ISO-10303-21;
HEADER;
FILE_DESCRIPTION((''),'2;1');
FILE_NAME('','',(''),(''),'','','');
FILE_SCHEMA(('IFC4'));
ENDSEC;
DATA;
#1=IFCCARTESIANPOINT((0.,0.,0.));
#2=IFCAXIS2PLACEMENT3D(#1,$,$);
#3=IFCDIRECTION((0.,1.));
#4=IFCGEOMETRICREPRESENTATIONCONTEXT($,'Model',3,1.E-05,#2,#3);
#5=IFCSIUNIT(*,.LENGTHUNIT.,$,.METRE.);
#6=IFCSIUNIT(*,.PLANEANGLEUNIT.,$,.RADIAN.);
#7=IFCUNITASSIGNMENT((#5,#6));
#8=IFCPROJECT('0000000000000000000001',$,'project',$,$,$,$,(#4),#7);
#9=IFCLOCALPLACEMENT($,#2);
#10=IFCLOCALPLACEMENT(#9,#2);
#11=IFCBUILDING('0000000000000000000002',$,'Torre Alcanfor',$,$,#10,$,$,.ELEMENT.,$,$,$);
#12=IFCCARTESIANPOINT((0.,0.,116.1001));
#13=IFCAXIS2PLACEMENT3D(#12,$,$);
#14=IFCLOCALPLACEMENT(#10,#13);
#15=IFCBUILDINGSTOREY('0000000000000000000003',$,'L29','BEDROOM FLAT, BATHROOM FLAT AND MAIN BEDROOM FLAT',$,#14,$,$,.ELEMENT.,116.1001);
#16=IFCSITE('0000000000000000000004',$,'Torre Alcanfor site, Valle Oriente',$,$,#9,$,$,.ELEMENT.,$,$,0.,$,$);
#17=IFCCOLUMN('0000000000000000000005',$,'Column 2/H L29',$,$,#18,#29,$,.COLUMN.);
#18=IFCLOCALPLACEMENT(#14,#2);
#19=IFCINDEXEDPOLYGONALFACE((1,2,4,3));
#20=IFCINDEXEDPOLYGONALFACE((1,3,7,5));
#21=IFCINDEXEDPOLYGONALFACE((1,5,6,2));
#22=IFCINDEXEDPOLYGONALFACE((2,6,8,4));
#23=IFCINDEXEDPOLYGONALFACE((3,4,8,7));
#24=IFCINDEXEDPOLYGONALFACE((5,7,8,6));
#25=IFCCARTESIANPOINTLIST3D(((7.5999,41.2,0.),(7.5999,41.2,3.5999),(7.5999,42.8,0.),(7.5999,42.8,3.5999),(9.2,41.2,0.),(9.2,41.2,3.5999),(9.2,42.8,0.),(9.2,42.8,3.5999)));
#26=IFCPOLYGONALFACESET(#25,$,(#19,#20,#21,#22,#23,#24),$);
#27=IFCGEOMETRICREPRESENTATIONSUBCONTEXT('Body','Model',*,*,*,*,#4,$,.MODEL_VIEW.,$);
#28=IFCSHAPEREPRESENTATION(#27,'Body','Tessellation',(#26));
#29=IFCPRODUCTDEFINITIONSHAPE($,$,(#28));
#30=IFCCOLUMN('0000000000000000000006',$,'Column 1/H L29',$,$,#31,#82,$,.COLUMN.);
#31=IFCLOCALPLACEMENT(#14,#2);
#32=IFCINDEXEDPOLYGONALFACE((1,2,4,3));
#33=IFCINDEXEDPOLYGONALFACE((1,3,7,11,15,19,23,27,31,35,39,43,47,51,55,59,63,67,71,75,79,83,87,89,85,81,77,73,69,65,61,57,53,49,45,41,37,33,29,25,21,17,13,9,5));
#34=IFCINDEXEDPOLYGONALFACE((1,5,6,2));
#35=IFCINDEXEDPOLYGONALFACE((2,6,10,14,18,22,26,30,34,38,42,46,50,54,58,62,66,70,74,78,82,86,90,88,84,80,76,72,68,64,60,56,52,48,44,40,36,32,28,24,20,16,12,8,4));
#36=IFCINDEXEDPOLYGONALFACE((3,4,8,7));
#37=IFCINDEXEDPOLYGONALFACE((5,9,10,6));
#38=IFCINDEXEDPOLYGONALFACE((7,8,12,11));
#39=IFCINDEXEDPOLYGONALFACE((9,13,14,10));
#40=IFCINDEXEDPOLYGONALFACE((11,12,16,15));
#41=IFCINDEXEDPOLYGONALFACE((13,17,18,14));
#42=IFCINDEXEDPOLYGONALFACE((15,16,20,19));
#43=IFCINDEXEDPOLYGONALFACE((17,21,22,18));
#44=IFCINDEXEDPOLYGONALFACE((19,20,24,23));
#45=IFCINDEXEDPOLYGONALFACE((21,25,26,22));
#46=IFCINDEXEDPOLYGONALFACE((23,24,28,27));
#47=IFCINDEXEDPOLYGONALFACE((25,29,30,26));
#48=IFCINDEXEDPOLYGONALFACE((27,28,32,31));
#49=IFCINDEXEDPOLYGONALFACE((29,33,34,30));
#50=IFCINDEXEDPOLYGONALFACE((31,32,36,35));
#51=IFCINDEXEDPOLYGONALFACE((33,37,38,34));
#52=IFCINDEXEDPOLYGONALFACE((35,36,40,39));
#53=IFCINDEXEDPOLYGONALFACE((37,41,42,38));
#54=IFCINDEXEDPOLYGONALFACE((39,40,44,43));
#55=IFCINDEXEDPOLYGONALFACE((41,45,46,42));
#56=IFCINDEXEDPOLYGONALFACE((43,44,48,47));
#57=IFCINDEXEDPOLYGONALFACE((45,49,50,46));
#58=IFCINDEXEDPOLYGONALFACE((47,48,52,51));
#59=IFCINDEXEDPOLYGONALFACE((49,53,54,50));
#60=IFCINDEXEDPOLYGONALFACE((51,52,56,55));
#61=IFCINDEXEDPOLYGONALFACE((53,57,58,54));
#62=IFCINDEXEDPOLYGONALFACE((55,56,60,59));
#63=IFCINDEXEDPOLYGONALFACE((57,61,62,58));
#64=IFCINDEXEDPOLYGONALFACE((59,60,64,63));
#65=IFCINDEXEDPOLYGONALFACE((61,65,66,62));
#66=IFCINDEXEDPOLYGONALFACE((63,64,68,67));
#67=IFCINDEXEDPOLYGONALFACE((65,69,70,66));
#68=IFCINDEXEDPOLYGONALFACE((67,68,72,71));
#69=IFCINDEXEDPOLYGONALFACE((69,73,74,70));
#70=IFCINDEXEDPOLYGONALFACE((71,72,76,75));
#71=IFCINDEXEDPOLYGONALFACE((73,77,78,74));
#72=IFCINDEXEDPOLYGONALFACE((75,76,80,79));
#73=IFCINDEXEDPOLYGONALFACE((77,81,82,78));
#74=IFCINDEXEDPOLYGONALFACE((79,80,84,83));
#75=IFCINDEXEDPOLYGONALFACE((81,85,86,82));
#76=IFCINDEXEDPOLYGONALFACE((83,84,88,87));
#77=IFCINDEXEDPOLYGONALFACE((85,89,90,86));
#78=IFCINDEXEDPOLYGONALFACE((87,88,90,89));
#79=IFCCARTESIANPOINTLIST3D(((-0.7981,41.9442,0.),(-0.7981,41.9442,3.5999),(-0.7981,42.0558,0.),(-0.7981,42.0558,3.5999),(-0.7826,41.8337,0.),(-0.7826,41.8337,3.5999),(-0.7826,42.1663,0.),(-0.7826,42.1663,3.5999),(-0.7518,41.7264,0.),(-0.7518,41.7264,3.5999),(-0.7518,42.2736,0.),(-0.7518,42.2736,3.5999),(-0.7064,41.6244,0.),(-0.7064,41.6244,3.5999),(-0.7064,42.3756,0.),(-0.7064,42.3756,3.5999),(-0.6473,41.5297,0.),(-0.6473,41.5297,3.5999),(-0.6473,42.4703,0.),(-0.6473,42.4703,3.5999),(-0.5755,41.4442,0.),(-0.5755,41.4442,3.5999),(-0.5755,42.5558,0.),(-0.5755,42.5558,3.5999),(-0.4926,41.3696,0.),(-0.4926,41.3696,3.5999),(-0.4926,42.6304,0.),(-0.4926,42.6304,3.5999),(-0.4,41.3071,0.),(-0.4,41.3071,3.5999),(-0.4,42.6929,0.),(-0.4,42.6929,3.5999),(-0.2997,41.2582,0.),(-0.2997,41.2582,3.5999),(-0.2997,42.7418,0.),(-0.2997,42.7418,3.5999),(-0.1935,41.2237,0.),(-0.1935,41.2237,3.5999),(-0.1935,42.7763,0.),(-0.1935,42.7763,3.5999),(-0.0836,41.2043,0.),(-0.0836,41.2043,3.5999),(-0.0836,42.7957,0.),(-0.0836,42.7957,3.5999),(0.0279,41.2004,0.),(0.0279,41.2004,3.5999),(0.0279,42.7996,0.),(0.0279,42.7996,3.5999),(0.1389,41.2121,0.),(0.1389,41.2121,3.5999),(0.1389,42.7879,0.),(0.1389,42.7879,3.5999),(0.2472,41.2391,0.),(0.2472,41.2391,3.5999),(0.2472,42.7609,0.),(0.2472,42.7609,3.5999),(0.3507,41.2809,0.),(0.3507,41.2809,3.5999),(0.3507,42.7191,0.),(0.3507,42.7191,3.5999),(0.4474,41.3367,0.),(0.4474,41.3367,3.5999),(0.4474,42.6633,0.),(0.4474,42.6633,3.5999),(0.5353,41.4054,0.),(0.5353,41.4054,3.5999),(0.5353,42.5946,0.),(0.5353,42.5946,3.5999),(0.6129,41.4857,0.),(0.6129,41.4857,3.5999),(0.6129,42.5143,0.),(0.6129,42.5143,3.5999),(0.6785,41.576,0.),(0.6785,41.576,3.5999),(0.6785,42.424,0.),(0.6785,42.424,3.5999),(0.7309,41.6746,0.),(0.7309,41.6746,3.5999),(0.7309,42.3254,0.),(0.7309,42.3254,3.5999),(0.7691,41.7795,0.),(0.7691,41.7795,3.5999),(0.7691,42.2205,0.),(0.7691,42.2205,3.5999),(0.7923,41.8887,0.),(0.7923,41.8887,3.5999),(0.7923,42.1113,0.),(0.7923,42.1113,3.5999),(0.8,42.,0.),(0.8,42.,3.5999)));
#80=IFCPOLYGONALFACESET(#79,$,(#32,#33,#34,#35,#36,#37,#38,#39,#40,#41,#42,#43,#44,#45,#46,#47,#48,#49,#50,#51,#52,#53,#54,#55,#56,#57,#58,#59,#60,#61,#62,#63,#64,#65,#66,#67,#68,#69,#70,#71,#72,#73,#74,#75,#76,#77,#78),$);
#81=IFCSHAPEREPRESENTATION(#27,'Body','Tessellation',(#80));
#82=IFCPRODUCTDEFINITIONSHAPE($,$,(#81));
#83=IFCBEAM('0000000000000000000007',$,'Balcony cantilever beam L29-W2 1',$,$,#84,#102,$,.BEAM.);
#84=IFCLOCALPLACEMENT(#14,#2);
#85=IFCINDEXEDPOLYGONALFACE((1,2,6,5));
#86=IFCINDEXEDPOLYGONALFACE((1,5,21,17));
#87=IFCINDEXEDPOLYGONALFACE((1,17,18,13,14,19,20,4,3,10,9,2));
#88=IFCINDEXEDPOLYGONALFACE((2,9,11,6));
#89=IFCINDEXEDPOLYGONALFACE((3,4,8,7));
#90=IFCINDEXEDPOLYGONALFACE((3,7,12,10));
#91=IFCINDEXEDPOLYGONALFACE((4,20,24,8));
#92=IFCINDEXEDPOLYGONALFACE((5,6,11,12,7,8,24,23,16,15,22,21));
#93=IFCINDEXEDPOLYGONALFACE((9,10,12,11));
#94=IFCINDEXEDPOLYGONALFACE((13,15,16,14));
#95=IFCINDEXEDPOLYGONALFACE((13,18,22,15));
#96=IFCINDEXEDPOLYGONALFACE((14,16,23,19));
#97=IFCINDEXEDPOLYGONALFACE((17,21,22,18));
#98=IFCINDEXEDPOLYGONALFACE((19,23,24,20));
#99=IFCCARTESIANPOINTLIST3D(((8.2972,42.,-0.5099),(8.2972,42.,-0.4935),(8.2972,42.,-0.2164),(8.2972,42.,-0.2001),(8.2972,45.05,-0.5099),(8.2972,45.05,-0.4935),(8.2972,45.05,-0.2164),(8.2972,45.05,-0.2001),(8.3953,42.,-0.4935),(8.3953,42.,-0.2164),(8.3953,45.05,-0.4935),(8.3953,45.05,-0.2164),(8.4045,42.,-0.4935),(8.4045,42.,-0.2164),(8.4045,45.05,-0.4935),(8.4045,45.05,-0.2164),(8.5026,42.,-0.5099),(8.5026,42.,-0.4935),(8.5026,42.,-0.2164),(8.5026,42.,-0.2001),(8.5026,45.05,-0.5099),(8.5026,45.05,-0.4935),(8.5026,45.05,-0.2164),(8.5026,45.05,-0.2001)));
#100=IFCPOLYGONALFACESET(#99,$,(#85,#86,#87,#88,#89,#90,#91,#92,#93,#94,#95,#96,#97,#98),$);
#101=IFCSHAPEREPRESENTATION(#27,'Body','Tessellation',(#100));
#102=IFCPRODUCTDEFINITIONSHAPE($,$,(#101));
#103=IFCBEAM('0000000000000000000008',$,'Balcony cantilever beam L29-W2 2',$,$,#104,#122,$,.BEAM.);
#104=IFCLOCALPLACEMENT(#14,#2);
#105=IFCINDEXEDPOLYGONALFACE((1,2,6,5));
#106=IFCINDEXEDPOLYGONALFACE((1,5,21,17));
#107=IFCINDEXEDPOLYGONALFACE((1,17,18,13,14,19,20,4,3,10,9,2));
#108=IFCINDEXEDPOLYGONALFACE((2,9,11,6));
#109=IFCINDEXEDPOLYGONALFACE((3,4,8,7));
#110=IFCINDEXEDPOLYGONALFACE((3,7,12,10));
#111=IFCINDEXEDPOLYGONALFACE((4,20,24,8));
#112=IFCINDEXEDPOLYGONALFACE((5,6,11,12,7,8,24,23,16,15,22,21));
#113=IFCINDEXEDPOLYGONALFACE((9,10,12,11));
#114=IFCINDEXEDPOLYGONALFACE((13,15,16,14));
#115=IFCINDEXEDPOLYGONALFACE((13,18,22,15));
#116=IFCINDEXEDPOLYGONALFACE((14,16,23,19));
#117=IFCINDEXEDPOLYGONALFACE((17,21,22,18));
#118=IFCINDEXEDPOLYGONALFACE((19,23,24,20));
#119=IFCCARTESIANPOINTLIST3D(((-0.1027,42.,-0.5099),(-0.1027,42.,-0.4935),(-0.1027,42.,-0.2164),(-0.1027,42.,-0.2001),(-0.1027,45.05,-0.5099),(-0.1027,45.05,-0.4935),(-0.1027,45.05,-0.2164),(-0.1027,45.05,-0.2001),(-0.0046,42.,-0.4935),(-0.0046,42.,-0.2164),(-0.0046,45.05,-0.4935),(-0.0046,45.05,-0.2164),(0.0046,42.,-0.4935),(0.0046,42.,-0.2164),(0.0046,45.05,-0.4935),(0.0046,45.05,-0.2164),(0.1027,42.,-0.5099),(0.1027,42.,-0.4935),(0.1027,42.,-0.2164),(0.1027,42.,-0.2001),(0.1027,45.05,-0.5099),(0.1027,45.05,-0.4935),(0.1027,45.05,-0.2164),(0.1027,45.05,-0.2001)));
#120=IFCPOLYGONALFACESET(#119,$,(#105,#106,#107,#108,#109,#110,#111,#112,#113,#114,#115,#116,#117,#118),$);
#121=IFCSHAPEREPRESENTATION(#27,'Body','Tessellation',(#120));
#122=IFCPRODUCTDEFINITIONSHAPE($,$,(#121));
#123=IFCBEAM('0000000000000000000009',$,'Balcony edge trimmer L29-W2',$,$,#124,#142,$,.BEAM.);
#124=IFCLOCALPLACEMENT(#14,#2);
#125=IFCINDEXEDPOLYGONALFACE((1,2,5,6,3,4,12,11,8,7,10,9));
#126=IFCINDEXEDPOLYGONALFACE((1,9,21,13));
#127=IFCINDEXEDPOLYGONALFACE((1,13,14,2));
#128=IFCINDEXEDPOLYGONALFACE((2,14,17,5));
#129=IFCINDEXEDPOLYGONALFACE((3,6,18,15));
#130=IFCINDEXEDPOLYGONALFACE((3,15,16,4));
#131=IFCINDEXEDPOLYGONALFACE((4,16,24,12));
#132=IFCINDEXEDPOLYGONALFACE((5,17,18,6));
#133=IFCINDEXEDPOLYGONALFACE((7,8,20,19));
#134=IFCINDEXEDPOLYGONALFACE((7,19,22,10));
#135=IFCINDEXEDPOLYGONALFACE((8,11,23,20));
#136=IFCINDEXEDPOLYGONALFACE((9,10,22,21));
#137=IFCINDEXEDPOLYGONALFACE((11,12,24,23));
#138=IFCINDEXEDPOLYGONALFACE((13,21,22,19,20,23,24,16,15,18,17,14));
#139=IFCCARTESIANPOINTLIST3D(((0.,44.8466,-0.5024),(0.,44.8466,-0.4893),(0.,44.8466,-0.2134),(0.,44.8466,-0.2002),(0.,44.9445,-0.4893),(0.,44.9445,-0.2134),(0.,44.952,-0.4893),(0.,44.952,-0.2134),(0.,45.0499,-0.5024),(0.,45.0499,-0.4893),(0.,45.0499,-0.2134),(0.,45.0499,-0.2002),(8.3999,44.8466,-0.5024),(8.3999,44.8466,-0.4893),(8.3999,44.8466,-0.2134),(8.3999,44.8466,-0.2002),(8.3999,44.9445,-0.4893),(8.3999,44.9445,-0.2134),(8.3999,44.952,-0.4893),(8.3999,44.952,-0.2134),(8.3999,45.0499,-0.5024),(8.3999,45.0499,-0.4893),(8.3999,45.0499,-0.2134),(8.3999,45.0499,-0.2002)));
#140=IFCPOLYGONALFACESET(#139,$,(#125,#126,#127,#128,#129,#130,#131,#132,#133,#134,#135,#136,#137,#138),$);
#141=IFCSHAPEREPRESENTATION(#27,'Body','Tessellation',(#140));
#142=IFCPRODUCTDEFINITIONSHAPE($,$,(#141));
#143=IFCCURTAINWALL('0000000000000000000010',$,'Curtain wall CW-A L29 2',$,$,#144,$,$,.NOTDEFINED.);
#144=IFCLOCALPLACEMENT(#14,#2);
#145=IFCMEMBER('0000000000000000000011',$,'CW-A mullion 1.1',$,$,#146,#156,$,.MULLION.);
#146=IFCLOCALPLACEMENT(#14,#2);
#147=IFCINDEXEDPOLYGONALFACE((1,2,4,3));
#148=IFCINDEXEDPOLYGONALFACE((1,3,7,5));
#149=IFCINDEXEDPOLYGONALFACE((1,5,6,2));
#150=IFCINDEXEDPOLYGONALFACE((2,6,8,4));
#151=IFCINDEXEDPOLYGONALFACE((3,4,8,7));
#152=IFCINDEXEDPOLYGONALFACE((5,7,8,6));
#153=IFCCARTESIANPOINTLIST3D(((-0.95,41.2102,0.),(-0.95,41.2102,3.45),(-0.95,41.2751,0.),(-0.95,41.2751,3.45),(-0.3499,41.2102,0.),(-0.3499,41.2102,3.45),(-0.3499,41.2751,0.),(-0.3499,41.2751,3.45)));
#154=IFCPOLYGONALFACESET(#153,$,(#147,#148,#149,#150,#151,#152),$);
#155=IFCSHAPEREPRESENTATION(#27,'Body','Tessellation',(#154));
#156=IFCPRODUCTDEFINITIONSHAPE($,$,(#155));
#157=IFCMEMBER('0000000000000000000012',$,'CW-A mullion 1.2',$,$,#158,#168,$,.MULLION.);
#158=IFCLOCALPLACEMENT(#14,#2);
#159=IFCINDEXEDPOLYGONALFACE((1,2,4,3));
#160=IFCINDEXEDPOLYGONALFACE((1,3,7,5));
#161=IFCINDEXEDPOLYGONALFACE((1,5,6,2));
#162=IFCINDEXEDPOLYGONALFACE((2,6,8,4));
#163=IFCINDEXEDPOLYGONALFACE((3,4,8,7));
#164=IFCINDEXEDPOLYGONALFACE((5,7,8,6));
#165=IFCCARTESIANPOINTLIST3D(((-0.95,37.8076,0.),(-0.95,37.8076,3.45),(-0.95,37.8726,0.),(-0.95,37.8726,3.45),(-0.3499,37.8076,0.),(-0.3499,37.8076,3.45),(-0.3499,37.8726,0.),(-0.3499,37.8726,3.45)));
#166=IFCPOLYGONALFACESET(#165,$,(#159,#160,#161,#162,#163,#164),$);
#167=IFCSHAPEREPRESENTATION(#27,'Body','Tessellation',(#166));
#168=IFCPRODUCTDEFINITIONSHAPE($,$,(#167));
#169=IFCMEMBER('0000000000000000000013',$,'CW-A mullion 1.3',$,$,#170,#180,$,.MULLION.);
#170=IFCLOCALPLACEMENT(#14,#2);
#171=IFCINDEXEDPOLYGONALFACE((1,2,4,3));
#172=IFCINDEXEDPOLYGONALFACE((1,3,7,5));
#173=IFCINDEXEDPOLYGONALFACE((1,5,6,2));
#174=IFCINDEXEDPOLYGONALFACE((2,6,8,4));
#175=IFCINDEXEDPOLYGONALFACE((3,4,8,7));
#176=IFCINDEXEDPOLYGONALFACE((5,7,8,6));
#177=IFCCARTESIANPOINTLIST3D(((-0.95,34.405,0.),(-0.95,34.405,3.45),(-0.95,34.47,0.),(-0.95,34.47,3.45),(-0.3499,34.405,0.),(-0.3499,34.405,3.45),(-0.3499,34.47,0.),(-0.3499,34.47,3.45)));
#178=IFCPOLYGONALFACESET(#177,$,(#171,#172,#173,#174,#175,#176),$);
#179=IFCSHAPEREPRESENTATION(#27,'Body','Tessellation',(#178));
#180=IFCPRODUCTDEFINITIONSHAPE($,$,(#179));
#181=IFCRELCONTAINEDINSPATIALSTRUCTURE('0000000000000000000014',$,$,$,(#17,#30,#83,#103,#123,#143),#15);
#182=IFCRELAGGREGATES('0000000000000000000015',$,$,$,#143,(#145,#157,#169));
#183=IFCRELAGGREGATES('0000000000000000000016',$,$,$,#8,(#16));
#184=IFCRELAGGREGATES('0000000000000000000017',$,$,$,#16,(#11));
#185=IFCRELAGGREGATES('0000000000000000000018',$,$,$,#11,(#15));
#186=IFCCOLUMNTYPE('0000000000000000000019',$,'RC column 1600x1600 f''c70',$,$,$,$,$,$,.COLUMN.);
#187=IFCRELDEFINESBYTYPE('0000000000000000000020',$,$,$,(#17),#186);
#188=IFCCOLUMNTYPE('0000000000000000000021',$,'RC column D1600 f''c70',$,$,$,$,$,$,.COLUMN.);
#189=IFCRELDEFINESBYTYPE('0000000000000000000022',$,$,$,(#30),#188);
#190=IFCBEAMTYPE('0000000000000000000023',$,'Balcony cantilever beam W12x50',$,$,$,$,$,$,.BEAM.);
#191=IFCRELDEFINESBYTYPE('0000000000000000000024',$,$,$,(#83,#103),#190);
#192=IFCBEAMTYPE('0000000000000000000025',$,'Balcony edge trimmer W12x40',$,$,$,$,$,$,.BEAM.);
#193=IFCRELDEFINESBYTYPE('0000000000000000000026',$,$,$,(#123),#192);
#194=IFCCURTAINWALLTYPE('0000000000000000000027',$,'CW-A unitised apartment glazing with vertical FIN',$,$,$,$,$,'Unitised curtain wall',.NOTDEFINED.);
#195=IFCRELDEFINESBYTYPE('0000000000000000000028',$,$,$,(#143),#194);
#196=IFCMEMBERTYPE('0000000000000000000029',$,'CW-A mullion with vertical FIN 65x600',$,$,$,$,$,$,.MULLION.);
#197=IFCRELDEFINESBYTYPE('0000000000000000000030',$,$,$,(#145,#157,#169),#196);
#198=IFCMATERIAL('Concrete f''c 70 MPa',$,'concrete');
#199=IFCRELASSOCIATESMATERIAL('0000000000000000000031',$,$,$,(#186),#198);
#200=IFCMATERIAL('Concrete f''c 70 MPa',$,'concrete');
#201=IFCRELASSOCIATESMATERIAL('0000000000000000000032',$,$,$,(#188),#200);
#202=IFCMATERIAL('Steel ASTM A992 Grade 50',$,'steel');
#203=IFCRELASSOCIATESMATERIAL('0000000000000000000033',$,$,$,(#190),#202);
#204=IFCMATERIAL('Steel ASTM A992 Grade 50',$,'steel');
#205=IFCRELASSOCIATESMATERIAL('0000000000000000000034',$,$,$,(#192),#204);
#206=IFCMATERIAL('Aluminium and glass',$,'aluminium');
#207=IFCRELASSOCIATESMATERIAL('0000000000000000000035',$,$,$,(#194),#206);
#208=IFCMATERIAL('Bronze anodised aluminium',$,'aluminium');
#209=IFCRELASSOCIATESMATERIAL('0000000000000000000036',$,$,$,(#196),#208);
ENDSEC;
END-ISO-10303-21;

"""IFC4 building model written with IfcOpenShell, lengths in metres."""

from ifc_helpers import new_model, si_unit, direction, frame, origin, origin_2d, place, context, subcontext, project, spatial, rectangle, circle, i_section, extrude, material, material_profile, profile_set, type_object, element, aggregate, save


model = new_model("IFC4")

# Units and contexts
model_context = context("Model", 3, precision=1e-05, world=origin(), true_north=direction((0.0, 1.0)))
body_context = subcontext(model_context, "Body", "Model", "MODEL_VIEW")
ifc_project = project(units=[si_unit("LENGTHUNIT", "METRE"), si_unit("PLANEANGLEUNIT", "RADIAN")], contexts=[model_context])

# Site, building, storey
site_placement = place(None, origin())
site = spatial("IfcSite", under=ifc_project, at=site_placement, Name="Torre Alcanfor site, Valle Oriente", CompositionType="ELEMENT", RefElevation=0.0)
building_placement = place(site_placement, origin())
building = spatial("IfcBuilding", under=site, at=building_placement, Name="Torre Alcanfor", CompositionType="ELEMENT")
storey_placement = place(building_placement, frame((0.0, 0.0, 116.1001)))
storey = spatial("IfcBuildingStorey", under=building, at=storey_placement, Name="L29", Description="BEDROOM FLAT, BATHROOM FLAT AND MAIN BEDROOM FLAT", CompositionType="ELEMENT", Elevation=116.1001)

# Columns
ifc_material_1 = material(Name="Concrete f'c 70 MPa", Category="concrete")
ifc_material_profile_1 = material_profile(ifc_material_1, rectangle(XDim=1.6001, YDim=1.6001, at=origin_2d()), Name="1600x1600")
ifc_profile_set_1 = profile_set([ifc_material_profile_1], Name="Concrete f'c 70 MPa")
column_type_1 = type_object("IfcColumnType", Name="RC column 1600x1600 f'c70", PredefinedType="COLUMN", material=ifc_profile_set_1)
column_1_placement = place(storey_placement, frame((8.3999, 42.0, 0.0), z_axis=(0.0, 0.0, 1.0), x_axis=(1.0, 0.0, 0.0)))
element("IfcColumn", 1, at=column_1_placement, inside=storey, type_object=column_type_1, Name="Column 2/H L29", PredefinedType="COLUMN", context=body_context, shape_type="SweptSolid", body=[
    extrude(rectangle(XDim=1.6001, YDim=1.6001, at=origin_2d()), origin(), (0.0, 0.0, 1.0), 3.5999),
])
ifc_material_2 = material(Name="Concrete f'c 70 MPa", Category="concrete")
ifc_material_profile_2 = material_profile(ifc_material_2, circle(Radius=0.8, at=origin_2d()), Name="D1600")
ifc_profile_set_2 = profile_set([ifc_material_profile_2], Name="Concrete f'c 70 MPa")
column_type_2 = type_object("IfcColumnType", Name="RC column D1600 f'c70", PredefinedType="COLUMN", material=ifc_profile_set_2)
column_2_placement = place(storey_placement, frame((0.0, 42.0, 0.0), z_axis=(0.0, 0.0, 1.0), x_axis=(1.0, 0.0, 0.0)))
element("IfcColumn", 2, at=column_2_placement, inside=storey, type_object=column_type_2, Name="Column 1/H L29", PredefinedType="COLUMN", context=body_context, shape_type="SweptSolid", body=[
    extrude(circle(Radius=0.8, at=origin_2d()), origin(), (0.0, 0.0, 1.0), 3.5999),
])

# Beams
ifc_material_3 = material(Name="Steel ASTM A992 Grade 50", Category="steel")
ifc_material_profile_3 = material_profile(ifc_material_3, i_section(OverallWidth=0.2053, OverallDepth=0.3098, WebThickness=0.0093, FlangeThickness=0.0164, at=origin_2d()), Name="W12x50")
ifc_profile_set_3 = profile_set([ifc_material_profile_3], Name="Steel ASTM A992 Grade 50")
beam_type_1 = type_object("IfcBeamType", Name="Balcony cantilever beam W12x50", PredefinedType="BEAM", material=ifc_profile_set_3)
for number, where, z_axis, x_axis, name in (
    (3, (8.3999, 42.0, -0.355), (0.0, 1.0, 0.0), (-1.0, 0.0, 0.0), "Balcony cantilever beam L29-W2 1"),
    (4, (0.0, 42.0, -0.355), (0.0, 1.0, 0.0), (-1.0, 0.0, 0.0), "Balcony cantilever beam L29-W2 2"),
):
    element("IfcBeam", number, at=place(storey_placement, frame(where, z_axis=z_axis, x_axis=x_axis)), inside=storey, type_object=beam_type_1, Name=name, PredefinedType="BEAM", context=body_context, shape_type="SweptSolid", body=[
        extrude(i_section(OverallWidth=0.2053, OverallDepth=0.3098, WebThickness=0.0093, FlangeThickness=0.0164, at=origin_2d()), origin(), (0.0, 0.0, 1.0), 3.05),
    ])
ifc_material_4 = material(Name="Steel ASTM A992 Grade 50", Category="steel")
ifc_material_profile_4 = material_profile(ifc_material_4, i_section(OverallWidth=0.2034, OverallDepth=0.3022, WebThickness=0.0076, FlangeThickness=0.0132, at=origin_2d()), Name="W12x40")
ifc_profile_set_4 = profile_set([ifc_material_profile_4], Name="Steel ASTM A992 Grade 50")
beam_type_2 = type_object("IfcBeamType", Name="Balcony edge trimmer W12x40", PredefinedType="BEAM", material=ifc_profile_set_4)
beam_1_placement = place(storey_placement, frame((8.3999, 44.9482, -0.3513), z_axis=(-1.0, 0.0, 0.0), x_axis=(0.0, -1.0, 0.0)))
element("IfcBeam", 5, at=beam_1_placement, inside=storey, type_object=beam_type_2, Name="Balcony edge trimmer L29-W2", PredefinedType="BEAM", context=body_context, shape_type="SweptSolid", body=[
    extrude(i_section(OverallWidth=0.2034, OverallDepth=0.3022, WebThickness=0.0076, FlangeThickness=0.0132, at=origin_2d()), origin(), (0.0, 0.0, 1.0), 8.3999),
])

# Curtain wall, members
ifc_material_5 = material(Name="Aluminium and glass", Category="aluminium")
curtain_wall_type = type_object("IfcCurtainWallType", Name="CW-A unitised apartment glazing with vertical FIN", ElementType="Unitised curtain wall", PredefinedType="NOTDEFINED", material=ifc_material_5)
curtain_wall_placement = place(storey_placement, origin())
curtain_wall = element("IfcCurtainWall", 6, at=curtain_wall_placement, inside=storey, type_object=curtain_wall_type, Name="Curtain wall CW-A L29 2", PredefinedType="NOTDEFINED")
ifc_material_6 = material(Name="Bronze anodised aluminium", Category="aluminium")
ifc_material_profile_5 = material_profile(ifc_material_6, rectangle(XDim=0.6001, YDim=0.0649, at=origin_2d()), Name="CW-A mullion 65x600")
ifc_profile_set_5 = profile_set([ifc_material_profile_5], Name="Bronze anodised aluminium")
member_type_1 = type_object("IfcMemberType", Name="CW-A mullion with vertical FIN 65x600", PredefinedType="MULLION", material=ifc_profile_set_5)
member_1_placement = place(storey_placement, frame((-0.6499, 41.2427, 0.0), z_axis=(0.0, 0.0, 1.0), x_axis=(1.0, 0.0, 0.0)))
member_1 = element("IfcMember", 7, at=member_1_placement, type_object=member_type_1, Name="CW-A mullion 1.1", PredefinedType="MULLION", context=body_context, shape_type="SweptSolid", body=[
    extrude(rectangle(XDim=0.6001, YDim=0.0649, at=origin_2d()), origin(), (0.0, 0.0, 1.0), 3.45),
])
member_2_placement = place(storey_placement, frame((-0.6499, 37.8401, 0.0), z_axis=(0.0, 0.0, 1.0), x_axis=(1.0, 0.0, 0.0)))
member_2 = element("IfcMember", 8, at=member_2_placement, type_object=member_type_1, Name="CW-A mullion 1.2", PredefinedType="MULLION", context=body_context, shape_type="SweptSolid", body=[
    extrude(rectangle(XDim=0.6001, YDim=0.0649, at=origin_2d()), origin(), (0.0, 0.0, 1.0), 3.45),
])
member_3_placement = place(storey_placement, frame((-0.6499, 34.4375, 0.0), z_axis=(0.0, 0.0, 1.0), x_axis=(1.0, 0.0, 0.0)))
member_3 = element("IfcMember", 9, at=member_3_placement, type_object=member_type_1, Name="CW-A mullion 1.3", PredefinedType="MULLION", context=body_context, shape_type="SweptSolid", body=[
    extrude(rectangle(XDim=0.6001, YDim=0.0649, at=origin_2d()), origin(), (0.0, 0.0, 1.0), 3.45),
])

aggregate(curtain_wall, [member_1, member_2, member_3])

save(model, "model.ifc")
